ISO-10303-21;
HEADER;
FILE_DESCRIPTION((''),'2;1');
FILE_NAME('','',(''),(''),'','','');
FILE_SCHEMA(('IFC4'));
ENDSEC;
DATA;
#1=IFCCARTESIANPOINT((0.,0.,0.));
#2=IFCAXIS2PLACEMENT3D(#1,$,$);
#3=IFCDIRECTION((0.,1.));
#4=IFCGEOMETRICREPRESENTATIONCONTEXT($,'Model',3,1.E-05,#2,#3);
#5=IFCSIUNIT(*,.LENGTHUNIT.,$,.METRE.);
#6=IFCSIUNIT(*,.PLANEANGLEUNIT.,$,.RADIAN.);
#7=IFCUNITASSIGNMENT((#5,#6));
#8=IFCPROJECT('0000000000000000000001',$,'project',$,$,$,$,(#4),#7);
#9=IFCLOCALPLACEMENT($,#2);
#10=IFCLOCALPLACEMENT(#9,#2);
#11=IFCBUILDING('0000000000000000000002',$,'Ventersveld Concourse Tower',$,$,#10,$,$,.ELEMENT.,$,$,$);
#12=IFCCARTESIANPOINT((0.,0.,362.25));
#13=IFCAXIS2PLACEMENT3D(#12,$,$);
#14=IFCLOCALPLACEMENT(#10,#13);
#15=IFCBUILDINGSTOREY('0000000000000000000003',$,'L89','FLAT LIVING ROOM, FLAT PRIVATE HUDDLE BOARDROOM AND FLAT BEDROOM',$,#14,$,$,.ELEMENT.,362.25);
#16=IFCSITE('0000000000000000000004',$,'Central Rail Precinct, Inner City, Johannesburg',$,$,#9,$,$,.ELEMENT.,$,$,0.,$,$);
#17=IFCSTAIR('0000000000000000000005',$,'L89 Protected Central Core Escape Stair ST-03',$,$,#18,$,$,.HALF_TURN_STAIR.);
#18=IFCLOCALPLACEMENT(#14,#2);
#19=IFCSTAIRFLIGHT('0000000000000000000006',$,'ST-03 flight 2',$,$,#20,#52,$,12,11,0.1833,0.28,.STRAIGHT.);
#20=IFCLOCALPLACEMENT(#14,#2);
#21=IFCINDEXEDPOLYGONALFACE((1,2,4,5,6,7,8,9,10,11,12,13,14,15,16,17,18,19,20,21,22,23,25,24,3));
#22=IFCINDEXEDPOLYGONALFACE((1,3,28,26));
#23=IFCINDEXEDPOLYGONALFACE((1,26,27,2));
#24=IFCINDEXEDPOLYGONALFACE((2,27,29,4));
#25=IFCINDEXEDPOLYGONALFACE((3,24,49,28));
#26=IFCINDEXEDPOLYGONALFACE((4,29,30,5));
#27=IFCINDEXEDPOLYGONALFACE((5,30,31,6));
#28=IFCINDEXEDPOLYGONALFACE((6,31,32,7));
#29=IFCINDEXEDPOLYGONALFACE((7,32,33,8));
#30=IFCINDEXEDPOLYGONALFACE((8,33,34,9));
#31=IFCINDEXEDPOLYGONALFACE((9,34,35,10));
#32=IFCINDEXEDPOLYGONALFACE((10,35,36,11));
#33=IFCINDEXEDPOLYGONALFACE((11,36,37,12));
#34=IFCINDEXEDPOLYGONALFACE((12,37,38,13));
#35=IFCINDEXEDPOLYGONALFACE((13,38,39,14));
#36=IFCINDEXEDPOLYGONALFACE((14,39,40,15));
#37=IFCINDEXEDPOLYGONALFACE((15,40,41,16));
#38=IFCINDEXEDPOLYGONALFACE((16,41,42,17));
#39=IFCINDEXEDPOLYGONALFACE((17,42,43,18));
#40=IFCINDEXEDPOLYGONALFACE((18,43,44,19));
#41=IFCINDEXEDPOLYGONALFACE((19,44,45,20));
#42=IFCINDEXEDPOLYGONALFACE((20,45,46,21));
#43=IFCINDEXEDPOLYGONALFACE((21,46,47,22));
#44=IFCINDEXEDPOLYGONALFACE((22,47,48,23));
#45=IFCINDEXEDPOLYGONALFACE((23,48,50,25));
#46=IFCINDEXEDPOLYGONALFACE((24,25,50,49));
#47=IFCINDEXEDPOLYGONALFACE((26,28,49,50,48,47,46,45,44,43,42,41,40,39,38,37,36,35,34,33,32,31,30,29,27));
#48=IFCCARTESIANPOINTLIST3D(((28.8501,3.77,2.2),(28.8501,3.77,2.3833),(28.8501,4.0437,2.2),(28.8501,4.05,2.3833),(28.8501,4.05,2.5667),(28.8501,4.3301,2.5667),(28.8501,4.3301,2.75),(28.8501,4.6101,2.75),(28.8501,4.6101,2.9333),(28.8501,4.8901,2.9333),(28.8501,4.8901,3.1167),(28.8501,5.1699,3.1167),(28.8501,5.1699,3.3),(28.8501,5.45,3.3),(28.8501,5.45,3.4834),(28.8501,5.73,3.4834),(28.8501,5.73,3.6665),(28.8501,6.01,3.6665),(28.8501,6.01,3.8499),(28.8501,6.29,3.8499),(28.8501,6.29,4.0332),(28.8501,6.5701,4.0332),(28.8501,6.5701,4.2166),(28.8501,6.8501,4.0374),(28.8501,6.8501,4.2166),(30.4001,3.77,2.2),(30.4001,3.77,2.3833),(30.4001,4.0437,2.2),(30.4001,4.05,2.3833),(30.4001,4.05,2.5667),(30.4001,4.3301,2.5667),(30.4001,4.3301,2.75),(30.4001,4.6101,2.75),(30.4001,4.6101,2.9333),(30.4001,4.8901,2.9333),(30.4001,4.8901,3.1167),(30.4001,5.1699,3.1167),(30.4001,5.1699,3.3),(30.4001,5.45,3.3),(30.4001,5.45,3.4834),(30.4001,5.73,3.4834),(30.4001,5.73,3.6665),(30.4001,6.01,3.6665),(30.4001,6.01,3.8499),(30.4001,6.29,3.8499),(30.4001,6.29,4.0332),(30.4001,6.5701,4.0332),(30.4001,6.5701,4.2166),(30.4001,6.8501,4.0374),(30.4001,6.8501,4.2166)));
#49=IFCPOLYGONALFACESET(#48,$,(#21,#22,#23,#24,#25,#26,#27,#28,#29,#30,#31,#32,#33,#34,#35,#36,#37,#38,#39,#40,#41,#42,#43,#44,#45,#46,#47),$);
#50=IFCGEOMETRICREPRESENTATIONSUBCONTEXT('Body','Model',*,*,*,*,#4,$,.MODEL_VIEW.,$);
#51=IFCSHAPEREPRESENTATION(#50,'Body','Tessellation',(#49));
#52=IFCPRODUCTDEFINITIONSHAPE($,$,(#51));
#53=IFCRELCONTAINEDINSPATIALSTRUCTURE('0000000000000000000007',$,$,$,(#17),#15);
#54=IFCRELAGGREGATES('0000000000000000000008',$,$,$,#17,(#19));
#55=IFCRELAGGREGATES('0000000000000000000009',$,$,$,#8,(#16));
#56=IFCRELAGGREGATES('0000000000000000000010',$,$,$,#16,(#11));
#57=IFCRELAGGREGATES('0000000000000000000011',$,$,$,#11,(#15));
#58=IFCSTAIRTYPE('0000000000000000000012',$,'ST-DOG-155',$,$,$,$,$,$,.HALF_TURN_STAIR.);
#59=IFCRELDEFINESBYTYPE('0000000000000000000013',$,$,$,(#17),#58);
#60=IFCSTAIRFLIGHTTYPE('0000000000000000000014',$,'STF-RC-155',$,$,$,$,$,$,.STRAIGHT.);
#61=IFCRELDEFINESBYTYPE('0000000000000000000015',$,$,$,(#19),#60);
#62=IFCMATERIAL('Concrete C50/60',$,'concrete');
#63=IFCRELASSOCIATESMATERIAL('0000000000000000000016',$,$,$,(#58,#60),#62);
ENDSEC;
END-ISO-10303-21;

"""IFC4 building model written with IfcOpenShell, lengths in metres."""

from ifc_helpers import new_model, si_unit, direction, frame, origin, place, context, subcontext, project, spatial, polyline, outline, extrude, material, type_object, element, aggregate, save


model = new_model("IFC4")

# Units and contexts
model_context = context("Model", 3, precision=1e-05, world=origin(), true_north=direction((0.0, 1.0)))
body_context = subcontext(model_context, "Body", "Model", "MODEL_VIEW")
ifc_project = project(units=[si_unit("LENGTHUNIT", "METRE"), si_unit("PLANEANGLEUNIT", "RADIAN")], contexts=[model_context])

# Site, building, storey
site_placement = place(None, origin())
site = spatial("IfcSite", under=ifc_project, at=site_placement, Name="Central Rail Precinct, Inner City, Johannesburg", CompositionType="ELEMENT", RefElevation=0.0)
building_placement = place(site_placement, origin())
building = spatial("IfcBuilding", under=site, at=building_placement, Name="Ventersveld Concourse Tower", CompositionType="ELEMENT")
storey_placement = place(building_placement, frame((0.0, 0.0, 362.25)))
storey = spatial("IfcBuildingStorey", under=building, at=storey_placement, Name="L89", Description="FLAT LIVING ROOM, FLAT PRIVATE HUDDLE BOARDROOM AND FLAT BEDROOM", CompositionType="ELEMENT", Elevation=362.25)

# Shared definitions
ifc_material_1 = material(Name="Concrete C50/60", Category="concrete")

# Stair, stair flight
stair_type = type_object("IfcStairType", Name="ST-DOG-155", PredefinedType="HALF_TURN_STAIR", material=ifc_material_1)
stair_placement = place(storey_placement, origin())
stair = element("IfcStair", 1, at=stair_placement, inside=storey, type_object=stair_type, Name="L89 Protected Central Core Escape Stair ST-03", PredefinedType="HALF_TURN_STAIR")
stair_flight_type = type_object("IfcStairFlightType", Name="STF-RC-155", PredefinedType="STRAIGHT", material=ifc_material_1)
stair_flight_1_placement = place(storey_placement, frame((29.625, 3.77, 2.2), z_axis=(0.0, 0.0, 1.0), x_axis=(0.0, 1.0, 0.0)))
stair_flight_1 = element("IfcStairFlight", 2, at=stair_flight_1_placement, type_object=stair_flight_type, Name="ST-03 flight 2", NumberOfRisers=12, NumberOfTreads=11, PredefinedType="STRAIGHT", RiserHeight=0.1833, TreadLength=0.28, context=body_context, shape_type="SweptSolid", body=[
    extrude(outline(polyline([(0.0, 0.0), (0.0, 0.1833), (0.28, 0.1833), (0.28, 0.3667), (0.5601, 0.3667), (0.5601, 0.55), (0.8401, 0.55), (0.8401, 0.7334), (1.1201, 0.7334), (1.1201, 0.9167), (1.3999, 0.9167), (1.3999, 1.1001), (1.6799, 1.1001), (1.6799, 1.2834), (1.96, 1.2834), (1.96, 1.4666), (2.24, 1.4666), (2.24, 1.6499), (2.52, 1.6499), (2.52, 1.8333), (2.8, 1.8333), (2.8, 2.0166), (3.0801, 2.0166), (3.0801, 2.2), (3.0801, 1.8374), (0.2737, 0.0), (0.0, 0.0)])), frame((0.0, 0.7749, 0.0), z_axis=(0.0, -1.0, 0.0), x_axis=(1.0, 0.0, 0.0)), (0.0, 0.0, 1.0), 1.55),
])
aggregate(stair, [stair_flight_1])

save(model, "model.ifc")
